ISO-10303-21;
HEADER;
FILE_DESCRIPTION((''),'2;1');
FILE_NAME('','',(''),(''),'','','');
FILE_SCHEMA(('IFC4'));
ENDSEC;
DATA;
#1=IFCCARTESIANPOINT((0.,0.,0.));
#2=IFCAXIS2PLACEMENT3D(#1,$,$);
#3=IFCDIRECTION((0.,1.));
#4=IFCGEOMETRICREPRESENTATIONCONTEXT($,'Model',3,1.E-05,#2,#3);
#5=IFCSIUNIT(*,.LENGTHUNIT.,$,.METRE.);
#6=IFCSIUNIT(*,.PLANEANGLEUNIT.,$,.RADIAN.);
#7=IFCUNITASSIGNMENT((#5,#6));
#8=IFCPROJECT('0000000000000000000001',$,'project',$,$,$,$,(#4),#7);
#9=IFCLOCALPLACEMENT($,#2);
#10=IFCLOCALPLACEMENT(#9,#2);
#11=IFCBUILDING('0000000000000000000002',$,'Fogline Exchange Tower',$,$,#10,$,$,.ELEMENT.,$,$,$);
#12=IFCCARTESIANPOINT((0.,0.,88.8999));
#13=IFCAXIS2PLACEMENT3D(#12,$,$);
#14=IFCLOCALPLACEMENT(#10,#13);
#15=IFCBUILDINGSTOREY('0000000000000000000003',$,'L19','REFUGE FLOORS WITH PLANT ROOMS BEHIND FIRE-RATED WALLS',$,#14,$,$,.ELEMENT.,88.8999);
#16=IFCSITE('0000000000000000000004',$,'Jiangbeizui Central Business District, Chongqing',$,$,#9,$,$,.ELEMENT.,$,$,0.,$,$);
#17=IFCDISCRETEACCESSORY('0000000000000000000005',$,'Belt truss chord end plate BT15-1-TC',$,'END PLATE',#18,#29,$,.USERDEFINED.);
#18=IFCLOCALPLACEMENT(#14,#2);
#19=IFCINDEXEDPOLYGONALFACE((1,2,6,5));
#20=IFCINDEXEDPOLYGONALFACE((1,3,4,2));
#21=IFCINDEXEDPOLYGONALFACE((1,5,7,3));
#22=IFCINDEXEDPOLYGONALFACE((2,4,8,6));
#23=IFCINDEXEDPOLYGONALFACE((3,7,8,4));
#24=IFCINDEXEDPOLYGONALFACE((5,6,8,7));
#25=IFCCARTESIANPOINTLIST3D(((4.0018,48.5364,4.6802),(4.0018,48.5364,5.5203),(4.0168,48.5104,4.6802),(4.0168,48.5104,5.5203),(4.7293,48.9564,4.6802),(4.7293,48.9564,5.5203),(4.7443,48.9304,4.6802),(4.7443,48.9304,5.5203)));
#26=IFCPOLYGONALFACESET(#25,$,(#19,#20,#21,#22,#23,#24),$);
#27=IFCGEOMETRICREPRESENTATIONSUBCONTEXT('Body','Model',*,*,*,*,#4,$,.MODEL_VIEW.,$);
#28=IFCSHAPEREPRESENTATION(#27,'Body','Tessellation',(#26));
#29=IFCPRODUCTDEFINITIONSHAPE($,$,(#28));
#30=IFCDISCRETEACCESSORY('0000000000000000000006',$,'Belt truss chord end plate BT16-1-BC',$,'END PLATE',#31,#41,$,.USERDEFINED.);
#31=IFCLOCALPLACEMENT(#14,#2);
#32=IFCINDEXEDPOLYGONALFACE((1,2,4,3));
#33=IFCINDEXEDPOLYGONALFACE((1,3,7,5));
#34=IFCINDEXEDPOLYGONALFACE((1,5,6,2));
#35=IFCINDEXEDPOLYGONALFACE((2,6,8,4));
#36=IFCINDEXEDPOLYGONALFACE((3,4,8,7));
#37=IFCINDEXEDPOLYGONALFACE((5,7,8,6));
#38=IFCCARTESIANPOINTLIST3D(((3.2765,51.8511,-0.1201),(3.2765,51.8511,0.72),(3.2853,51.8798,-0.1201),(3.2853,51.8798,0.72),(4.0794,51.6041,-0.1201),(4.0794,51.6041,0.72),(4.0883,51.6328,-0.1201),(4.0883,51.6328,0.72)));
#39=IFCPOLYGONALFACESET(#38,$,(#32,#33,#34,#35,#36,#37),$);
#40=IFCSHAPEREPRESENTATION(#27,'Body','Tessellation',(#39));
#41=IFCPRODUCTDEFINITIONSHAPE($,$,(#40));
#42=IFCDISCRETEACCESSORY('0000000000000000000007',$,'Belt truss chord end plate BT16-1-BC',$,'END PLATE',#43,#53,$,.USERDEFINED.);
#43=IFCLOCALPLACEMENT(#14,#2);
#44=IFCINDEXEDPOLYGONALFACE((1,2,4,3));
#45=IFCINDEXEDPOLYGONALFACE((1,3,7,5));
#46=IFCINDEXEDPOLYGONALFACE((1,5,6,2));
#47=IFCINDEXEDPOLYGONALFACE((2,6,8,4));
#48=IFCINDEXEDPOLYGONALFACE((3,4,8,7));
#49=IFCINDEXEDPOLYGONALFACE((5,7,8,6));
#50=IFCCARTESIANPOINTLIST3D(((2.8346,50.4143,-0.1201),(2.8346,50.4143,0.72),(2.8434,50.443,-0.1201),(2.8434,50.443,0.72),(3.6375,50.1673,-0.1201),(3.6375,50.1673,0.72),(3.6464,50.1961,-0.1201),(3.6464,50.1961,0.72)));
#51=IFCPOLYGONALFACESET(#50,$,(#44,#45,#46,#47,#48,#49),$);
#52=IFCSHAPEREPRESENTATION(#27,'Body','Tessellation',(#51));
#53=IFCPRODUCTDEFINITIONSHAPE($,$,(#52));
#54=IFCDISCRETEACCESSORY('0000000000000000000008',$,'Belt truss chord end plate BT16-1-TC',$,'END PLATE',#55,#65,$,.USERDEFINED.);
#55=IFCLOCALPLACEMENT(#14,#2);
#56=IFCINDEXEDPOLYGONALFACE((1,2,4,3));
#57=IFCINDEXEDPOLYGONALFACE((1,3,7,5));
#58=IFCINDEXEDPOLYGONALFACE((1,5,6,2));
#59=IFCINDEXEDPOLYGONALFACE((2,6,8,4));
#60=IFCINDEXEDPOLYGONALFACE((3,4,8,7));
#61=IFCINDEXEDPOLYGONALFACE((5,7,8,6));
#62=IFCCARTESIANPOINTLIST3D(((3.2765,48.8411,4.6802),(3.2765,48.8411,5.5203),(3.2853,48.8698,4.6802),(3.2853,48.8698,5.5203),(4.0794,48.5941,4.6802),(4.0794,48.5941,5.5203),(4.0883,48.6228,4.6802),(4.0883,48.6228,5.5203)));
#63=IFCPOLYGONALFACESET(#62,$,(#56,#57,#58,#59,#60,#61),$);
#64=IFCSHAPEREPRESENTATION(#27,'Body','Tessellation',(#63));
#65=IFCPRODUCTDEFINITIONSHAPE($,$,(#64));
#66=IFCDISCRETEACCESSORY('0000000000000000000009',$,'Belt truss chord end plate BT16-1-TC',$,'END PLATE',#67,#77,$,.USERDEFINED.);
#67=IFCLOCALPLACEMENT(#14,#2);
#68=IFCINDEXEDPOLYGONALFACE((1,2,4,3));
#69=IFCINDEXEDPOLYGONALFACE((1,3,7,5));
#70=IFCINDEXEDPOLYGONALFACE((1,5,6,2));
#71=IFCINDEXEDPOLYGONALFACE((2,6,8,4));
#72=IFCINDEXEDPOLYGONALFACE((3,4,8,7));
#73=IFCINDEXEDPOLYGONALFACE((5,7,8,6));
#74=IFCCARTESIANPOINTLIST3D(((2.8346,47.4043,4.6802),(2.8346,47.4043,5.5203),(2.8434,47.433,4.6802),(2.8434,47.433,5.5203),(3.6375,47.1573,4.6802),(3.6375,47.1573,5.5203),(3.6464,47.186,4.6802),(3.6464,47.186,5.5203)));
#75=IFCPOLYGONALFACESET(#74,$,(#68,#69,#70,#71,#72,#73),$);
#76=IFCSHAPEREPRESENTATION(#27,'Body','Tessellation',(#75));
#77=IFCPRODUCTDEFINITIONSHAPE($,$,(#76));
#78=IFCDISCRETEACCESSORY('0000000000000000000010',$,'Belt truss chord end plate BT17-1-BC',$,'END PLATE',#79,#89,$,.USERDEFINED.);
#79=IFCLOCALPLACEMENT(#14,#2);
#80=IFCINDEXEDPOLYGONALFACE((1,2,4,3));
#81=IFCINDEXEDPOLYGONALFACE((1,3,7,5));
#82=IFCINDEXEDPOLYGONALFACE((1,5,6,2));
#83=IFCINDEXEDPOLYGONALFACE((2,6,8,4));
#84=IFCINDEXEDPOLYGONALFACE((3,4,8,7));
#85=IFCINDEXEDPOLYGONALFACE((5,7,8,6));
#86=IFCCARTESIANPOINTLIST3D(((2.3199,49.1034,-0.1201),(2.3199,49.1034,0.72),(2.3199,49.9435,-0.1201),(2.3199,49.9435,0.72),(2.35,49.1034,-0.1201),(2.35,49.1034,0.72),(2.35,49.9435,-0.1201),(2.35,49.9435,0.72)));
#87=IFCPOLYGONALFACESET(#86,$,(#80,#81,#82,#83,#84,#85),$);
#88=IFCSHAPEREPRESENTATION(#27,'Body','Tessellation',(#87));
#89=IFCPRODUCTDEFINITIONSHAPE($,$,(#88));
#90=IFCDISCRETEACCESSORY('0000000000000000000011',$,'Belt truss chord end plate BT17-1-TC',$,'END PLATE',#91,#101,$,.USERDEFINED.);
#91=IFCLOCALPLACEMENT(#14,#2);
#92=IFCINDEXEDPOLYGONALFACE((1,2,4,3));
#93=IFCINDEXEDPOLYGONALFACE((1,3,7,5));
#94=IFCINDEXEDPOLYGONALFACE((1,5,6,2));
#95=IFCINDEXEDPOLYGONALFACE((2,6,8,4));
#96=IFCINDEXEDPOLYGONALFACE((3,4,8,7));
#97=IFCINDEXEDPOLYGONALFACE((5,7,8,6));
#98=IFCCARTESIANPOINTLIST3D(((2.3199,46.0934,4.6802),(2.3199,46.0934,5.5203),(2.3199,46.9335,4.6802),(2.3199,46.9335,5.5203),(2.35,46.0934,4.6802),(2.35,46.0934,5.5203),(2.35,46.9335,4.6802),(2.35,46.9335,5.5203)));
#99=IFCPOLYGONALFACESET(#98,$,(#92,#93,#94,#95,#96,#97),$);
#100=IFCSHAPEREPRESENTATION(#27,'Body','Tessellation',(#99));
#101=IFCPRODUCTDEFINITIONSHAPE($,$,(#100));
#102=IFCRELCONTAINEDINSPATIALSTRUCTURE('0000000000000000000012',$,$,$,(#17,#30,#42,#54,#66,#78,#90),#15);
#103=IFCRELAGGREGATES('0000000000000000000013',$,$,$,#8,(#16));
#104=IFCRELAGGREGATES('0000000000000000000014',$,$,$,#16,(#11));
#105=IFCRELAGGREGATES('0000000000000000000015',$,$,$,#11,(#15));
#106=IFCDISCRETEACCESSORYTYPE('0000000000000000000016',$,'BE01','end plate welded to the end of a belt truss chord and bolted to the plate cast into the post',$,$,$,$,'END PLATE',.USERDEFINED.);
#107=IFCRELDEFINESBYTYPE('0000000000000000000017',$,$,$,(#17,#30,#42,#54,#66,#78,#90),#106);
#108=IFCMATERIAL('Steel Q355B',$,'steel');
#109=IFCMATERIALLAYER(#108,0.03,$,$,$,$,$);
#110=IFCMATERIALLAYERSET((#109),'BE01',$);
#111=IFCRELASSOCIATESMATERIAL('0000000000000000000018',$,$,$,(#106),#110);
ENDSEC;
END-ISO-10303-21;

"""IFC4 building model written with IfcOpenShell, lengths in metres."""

from ifc_helpers import new_model, si_unit, direction, frame, origin, origin_2d, place, context, subcontext, project, spatial, rectangle, extrude, material, layer, layer_set, type_object, element, save


model = new_model("IFC4")

# Units and contexts
model_context = context("Model", 3, precision=1e-05, world=origin(), true_north=direction((0.0, 1.0)))
body_context = subcontext(model_context, "Body", "Model", "MODEL_VIEW")
ifc_project = project(units=[si_unit("LENGTHUNIT", "METRE"), si_unit("PLANEANGLEUNIT", "RADIAN")], contexts=[model_context])

# Site, building, storey
site_placement = place(None, origin())
site = spatial("IfcSite", under=ifc_project, at=site_placement, Name="Jiangbeizui Central Business District, Chongqing", CompositionType="ELEMENT", RefElevation=0.0)
building_placement = place(site_placement, origin())
building = spatial("IfcBuilding", under=site, at=building_placement, Name="Fogline Exchange Tower", CompositionType="ELEMENT")
storey_placement = place(building_placement, frame((0.0, 0.0, 88.8999)))
storey = spatial("IfcBuildingStorey", under=building, at=storey_placement, Name="L19", Description="REFUGE FLOORS WITH PLANT ROOMS BEHIND FIRE-RATED WALLS", CompositionType="ELEMENT", Elevation=88.8999)

# Shared definitions
ifc_material_1 = material(Name="Steel Q355B", Category="steel")

# Discrete accessories
ifc_layer_1 = layer(ifc_material_1, 0.03)
ifc_layer_set_1 = layer_set([ifc_layer_1], Name="BE01")
discrete_accessory_type = type_object("IfcDiscreteAccessoryType", Name="BE01", Description="end plate welded to the end of a belt truss chord and bolted to the plate cast into the post", ElementType="END PLATE", PredefinedType="USERDEFINED", material=ifc_layer_set_1)
for number, where, z_axis, x_axis, name in (
    (1, (4.373, 48.7334, 4.6802), (0.0, 0.0, 1.0), (-0.5, 0.866025, 0.0), "Belt truss chord end plate BT15-1-TC"),
    (2, (3.6824, 51.7419, -0.1201), (0.0, 0.0, 1.0), (0.293962, 0.955817, 0.0), "Belt truss chord end plate BT16-1-BC"),
    (3, (3.2405, 50.3052, -0.1201), (0.0, 0.0, 1.0), (-0.293962, -0.955817, 0.0), "Belt truss chord end plate BT16-1-BC"),
    (4, (3.6824, 48.7319, 4.6802), (0.0, 0.0, 1.0), (0.293962, 0.955817, 0.0), "Belt truss chord end plate BT16-1-TC"),
    (5, (3.2405, 47.2952, 4.6802), (0.0, 0.0, 1.0), (-0.293962, -0.955817, 0.0), "Belt truss chord end plate BT16-1-TC"),
    (6, (2.335, 49.5234, -0.1201), (0.0, 0.0, 1.0), (1.0, 0.0, 0.0), "Belt truss chord end plate BT17-1-BC"),
    (7, (2.335, 46.5134, 4.6802), (0.0, 0.0, 1.0), (1.0, 0.0, 0.0), "Belt truss chord end plate BT17-1-TC"),
):
    element("IfcDiscreteAccessory", number, at=place(storey_placement, frame(where, z_axis=z_axis, x_axis=x_axis)), inside=storey, type_object=discrete_accessory_type, Name=name, ObjectType="END PLATE", PredefinedType="USERDEFINED", context=body_context, shape_type="SweptSolid", body=[
        extrude(rectangle(XDim=0.03, YDim=0.8401, at=origin_2d()), origin(), (0.0, 0.0, 1.0), 0.8401),
    ])

save(model, "model.ifc")
